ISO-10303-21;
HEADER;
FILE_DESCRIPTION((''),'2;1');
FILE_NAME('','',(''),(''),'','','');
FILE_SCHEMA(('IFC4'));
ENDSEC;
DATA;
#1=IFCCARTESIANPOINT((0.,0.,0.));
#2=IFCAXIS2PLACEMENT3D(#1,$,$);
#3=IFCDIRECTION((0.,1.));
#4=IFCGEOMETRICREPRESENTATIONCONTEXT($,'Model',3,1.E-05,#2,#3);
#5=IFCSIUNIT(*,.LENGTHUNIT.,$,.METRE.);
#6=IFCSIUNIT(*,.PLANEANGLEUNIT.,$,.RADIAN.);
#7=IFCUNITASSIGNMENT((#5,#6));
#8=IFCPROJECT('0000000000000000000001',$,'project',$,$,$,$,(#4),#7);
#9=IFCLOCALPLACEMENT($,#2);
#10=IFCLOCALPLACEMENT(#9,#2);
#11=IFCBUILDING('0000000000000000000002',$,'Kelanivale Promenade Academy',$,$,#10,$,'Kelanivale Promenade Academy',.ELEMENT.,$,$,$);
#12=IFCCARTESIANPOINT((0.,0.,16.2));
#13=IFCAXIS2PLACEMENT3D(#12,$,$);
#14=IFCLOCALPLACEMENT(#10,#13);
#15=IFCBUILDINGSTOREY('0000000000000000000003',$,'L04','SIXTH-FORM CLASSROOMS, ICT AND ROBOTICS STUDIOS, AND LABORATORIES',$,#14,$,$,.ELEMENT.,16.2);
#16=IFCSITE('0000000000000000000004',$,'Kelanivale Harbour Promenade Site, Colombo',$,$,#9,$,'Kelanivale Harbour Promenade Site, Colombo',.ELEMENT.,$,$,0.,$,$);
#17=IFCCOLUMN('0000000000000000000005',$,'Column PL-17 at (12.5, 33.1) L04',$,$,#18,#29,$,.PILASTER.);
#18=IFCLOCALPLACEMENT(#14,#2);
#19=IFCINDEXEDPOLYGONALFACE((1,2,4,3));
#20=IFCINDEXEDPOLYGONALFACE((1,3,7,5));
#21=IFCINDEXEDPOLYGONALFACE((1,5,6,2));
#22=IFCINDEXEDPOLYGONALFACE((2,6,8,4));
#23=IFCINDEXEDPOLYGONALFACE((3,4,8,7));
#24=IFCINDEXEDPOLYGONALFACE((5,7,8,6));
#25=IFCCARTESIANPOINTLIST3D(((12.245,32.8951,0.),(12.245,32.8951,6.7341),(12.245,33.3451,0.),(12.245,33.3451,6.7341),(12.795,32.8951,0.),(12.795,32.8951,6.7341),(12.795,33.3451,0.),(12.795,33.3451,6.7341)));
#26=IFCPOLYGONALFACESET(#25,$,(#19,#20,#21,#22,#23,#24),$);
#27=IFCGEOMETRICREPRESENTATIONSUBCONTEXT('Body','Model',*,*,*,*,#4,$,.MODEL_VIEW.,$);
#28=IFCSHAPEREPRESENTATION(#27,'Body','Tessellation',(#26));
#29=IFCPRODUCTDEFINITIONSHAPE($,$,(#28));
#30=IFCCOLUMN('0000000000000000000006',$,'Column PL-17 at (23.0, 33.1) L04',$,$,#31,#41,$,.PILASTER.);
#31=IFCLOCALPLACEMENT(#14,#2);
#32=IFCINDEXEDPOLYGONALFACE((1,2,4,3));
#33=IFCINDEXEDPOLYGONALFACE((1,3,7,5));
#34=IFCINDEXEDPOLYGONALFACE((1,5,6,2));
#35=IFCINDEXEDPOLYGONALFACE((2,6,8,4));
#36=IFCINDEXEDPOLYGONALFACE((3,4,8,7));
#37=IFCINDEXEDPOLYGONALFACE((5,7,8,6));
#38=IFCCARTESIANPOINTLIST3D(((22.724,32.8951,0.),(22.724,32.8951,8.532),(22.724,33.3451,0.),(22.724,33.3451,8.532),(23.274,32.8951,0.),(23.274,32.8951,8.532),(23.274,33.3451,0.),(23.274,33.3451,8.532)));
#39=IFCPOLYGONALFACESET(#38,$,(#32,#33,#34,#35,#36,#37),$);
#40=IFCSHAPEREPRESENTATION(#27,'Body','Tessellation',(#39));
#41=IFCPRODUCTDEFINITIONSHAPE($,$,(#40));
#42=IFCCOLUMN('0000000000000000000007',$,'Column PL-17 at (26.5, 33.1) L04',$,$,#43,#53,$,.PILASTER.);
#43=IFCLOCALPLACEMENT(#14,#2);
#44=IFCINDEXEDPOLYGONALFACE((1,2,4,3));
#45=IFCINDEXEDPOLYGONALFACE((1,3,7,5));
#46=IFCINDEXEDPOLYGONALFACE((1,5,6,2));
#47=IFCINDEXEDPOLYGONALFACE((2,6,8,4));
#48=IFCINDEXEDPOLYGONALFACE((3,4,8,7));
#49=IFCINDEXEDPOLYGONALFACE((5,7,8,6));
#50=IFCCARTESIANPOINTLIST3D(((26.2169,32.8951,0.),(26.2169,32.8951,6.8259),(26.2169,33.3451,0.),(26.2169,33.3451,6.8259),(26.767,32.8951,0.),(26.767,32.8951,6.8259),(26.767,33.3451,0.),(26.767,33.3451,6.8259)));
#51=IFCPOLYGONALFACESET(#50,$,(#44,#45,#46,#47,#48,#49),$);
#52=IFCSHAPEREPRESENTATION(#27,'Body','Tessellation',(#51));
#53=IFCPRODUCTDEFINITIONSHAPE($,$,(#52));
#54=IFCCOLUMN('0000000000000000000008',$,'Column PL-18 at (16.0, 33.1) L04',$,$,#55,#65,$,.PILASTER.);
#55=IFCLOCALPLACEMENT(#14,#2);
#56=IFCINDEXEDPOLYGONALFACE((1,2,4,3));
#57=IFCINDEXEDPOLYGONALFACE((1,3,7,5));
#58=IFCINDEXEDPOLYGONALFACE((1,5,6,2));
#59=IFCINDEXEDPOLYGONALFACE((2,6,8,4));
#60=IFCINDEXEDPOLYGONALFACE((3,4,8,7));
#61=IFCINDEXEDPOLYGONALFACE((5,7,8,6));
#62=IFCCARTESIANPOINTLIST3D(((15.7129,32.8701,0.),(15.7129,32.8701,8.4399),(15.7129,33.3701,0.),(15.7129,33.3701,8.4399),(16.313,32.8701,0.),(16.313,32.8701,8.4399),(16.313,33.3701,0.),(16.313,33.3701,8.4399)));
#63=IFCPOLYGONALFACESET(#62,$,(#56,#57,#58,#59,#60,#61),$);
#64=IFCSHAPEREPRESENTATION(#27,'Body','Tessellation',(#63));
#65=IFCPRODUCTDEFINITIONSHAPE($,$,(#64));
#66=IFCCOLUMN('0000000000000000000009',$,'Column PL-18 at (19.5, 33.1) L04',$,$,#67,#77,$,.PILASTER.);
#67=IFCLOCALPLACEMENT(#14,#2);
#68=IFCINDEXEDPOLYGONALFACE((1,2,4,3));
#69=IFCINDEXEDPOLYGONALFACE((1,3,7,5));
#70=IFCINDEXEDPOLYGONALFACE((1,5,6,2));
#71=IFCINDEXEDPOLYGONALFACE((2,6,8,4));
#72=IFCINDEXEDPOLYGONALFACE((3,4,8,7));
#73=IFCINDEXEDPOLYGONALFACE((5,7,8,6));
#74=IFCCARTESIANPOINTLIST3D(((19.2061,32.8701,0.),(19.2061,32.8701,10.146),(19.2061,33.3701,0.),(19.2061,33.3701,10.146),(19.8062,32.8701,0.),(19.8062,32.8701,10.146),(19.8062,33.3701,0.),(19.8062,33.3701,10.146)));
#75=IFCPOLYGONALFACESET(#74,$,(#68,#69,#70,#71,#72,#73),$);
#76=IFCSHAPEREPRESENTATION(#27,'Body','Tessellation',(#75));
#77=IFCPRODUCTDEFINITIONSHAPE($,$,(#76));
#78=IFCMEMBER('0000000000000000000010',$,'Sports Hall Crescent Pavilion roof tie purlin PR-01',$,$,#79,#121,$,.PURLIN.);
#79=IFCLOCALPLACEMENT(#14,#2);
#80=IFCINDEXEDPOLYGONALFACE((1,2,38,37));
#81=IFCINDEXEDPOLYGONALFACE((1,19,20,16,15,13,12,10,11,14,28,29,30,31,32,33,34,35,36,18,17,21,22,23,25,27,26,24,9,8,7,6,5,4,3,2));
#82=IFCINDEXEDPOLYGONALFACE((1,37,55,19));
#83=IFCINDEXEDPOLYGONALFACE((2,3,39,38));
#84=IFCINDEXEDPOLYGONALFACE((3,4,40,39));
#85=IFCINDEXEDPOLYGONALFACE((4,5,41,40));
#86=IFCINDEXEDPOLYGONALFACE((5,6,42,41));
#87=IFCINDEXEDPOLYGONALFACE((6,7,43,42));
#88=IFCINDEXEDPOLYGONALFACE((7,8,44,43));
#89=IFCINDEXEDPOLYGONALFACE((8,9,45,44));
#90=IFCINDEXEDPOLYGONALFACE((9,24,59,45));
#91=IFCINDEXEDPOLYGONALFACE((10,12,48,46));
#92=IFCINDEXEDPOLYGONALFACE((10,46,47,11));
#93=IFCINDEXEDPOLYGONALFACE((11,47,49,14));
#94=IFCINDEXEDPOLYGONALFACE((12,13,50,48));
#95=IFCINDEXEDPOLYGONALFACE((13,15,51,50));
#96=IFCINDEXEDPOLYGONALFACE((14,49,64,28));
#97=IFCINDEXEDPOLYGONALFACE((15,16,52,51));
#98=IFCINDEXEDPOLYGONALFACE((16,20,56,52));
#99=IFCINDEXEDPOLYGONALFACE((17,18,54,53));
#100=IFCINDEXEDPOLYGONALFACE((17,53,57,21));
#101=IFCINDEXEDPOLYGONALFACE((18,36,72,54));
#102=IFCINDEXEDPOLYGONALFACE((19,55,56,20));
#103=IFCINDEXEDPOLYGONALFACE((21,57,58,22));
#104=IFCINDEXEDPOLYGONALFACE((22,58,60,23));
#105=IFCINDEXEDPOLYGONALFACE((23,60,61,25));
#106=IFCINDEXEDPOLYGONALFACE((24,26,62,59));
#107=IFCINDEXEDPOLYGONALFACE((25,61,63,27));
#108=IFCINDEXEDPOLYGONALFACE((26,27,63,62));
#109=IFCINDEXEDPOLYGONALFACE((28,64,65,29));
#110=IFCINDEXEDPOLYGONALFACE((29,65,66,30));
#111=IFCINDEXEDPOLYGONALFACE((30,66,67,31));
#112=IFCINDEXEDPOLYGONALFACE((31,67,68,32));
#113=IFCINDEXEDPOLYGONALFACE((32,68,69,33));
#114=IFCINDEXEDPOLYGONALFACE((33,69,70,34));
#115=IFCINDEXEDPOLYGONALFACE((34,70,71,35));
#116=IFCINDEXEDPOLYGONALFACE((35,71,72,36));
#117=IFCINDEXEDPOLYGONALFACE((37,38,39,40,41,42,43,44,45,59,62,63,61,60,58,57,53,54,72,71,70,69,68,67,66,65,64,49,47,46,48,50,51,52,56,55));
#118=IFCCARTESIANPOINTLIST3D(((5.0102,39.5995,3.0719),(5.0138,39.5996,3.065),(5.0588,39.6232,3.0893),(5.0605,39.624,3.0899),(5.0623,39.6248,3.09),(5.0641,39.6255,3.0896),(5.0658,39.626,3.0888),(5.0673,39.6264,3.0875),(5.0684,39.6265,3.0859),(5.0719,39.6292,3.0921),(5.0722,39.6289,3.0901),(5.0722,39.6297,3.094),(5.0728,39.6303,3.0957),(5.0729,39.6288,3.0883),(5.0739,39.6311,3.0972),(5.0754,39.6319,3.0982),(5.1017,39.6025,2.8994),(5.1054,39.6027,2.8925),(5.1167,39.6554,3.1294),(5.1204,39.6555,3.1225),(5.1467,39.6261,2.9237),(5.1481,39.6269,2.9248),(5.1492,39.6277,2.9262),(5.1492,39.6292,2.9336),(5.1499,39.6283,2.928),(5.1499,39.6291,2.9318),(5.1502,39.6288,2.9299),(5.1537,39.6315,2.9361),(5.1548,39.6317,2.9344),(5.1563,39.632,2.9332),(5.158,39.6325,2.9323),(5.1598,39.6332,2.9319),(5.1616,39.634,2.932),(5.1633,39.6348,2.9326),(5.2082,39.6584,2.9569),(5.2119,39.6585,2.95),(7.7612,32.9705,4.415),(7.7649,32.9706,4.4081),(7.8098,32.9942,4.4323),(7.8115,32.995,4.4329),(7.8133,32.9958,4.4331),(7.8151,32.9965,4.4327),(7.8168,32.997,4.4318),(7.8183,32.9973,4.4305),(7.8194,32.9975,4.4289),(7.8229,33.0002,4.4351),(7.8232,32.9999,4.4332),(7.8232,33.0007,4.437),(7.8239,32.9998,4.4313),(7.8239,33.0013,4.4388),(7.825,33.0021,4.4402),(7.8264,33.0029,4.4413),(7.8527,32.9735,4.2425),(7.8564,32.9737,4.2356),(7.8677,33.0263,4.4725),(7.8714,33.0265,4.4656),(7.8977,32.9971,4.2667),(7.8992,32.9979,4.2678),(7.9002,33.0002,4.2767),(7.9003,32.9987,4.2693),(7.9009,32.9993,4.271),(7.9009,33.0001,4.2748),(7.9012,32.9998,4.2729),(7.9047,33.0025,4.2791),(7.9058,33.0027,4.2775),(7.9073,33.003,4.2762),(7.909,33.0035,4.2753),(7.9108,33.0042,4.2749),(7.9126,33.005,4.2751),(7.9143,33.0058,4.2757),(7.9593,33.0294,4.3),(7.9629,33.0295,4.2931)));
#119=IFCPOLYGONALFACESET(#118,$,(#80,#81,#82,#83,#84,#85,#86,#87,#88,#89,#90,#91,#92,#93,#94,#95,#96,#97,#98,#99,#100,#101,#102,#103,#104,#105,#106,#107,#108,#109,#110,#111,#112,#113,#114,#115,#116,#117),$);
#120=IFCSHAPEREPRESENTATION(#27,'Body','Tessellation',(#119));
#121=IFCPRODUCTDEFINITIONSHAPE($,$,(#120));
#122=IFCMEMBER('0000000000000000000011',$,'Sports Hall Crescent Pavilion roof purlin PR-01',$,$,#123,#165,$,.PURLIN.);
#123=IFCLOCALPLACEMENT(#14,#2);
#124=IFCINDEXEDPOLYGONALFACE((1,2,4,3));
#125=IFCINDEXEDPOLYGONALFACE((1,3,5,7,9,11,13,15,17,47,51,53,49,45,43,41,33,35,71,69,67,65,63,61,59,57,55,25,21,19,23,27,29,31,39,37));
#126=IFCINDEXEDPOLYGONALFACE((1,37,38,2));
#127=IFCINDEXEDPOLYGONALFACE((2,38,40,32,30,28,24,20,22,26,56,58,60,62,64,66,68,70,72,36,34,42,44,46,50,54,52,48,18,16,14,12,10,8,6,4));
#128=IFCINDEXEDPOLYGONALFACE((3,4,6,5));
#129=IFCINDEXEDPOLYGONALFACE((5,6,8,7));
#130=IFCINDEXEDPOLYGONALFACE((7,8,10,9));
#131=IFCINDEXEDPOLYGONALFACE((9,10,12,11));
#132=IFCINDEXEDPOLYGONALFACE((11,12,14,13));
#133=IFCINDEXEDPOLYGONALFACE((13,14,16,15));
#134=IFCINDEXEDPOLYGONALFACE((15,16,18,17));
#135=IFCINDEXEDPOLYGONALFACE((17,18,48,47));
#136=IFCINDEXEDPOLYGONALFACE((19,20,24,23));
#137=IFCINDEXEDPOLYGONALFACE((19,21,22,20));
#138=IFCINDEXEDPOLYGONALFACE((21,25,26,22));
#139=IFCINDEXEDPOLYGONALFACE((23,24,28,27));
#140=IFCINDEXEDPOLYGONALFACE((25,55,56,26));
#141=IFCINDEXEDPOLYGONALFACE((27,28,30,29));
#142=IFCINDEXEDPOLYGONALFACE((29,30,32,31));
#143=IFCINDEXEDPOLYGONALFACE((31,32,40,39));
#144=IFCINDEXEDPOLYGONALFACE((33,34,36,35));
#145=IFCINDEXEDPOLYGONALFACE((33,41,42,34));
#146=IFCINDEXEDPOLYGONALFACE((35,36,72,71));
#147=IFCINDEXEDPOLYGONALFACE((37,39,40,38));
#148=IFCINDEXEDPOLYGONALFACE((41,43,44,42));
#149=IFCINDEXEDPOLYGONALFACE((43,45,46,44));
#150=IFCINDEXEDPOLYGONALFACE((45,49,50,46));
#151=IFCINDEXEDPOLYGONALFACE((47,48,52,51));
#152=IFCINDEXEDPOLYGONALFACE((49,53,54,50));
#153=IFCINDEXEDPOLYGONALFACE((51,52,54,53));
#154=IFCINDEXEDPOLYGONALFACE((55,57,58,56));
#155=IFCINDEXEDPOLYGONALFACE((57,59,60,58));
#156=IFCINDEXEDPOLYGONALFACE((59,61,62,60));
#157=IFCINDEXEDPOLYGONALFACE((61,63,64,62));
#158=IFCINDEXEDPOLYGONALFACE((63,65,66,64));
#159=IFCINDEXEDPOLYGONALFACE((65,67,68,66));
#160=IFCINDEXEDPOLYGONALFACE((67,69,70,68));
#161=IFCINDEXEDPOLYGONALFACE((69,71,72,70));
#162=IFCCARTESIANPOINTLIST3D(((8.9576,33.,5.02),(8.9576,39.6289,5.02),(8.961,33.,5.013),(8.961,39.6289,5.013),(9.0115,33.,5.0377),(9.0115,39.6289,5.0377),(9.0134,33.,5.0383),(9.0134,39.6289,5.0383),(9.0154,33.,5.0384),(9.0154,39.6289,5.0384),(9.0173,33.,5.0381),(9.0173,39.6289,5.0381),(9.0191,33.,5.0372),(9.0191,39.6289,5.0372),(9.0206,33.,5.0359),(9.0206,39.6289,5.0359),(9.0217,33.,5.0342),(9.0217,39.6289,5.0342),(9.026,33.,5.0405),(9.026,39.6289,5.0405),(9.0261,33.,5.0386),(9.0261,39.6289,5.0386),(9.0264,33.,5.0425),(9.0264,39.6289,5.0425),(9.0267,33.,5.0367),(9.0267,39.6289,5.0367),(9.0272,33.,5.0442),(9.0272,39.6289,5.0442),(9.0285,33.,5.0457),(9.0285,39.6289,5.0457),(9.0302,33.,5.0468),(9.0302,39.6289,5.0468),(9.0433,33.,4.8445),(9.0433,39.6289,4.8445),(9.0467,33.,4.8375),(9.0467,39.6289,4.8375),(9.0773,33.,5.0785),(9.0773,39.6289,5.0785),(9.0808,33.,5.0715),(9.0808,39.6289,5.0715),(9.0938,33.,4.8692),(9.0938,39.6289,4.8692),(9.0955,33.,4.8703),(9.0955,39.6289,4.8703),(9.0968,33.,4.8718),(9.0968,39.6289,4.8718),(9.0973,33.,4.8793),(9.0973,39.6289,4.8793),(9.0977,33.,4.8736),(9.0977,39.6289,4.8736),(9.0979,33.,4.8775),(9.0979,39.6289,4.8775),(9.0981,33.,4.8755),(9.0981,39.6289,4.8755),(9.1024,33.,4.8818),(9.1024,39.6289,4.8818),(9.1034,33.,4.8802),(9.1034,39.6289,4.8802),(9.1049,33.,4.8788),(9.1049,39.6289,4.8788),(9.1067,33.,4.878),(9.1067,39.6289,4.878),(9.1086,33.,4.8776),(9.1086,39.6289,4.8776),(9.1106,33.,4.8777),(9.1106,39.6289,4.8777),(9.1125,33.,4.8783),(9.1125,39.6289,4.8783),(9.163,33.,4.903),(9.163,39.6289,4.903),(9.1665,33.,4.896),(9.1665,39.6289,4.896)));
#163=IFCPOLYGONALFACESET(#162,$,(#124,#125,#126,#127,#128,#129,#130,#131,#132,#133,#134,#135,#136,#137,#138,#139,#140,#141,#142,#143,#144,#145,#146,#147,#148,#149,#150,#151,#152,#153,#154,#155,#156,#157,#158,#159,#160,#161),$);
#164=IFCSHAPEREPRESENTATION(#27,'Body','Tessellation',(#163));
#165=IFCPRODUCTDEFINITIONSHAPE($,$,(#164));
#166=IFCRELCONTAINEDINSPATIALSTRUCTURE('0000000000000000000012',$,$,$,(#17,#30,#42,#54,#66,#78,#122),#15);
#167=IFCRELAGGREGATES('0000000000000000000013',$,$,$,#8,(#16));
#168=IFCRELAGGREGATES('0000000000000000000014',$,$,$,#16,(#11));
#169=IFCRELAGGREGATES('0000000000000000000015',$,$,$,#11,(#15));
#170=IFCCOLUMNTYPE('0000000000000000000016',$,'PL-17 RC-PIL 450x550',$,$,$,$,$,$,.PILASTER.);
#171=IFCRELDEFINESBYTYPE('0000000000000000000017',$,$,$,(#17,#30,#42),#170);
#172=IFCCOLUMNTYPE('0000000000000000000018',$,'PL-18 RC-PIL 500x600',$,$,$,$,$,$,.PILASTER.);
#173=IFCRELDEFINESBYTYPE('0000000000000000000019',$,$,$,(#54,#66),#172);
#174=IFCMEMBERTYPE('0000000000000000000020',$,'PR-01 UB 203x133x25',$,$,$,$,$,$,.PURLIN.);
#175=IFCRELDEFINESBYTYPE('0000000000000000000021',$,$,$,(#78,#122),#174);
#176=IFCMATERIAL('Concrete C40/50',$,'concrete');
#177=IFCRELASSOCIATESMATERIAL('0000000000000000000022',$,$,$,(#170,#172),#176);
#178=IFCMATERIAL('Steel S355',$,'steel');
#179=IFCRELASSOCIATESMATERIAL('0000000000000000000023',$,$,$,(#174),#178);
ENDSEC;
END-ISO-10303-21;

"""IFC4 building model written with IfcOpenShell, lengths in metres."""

from ifc_helpers import new_model, si_unit, direction, frame, origin, origin_2d, place, context, subcontext, project, spatial, rectangle, i_section, extrude, material, material_profile, profile_set, type_object, element, save


model = new_model("IFC4")

# Units and contexts
model_context = context("Model", 3, precision=1e-05, world=origin(), true_north=direction((0.0, 1.0)))
body_context = subcontext(model_context, "Body", "Model", "MODEL_VIEW")
ifc_project = project(units=[si_unit("LENGTHUNIT", "METRE"), si_unit("PLANEANGLEUNIT", "RADIAN")], contexts=[model_context])

# Site, building, storey
site_placement = place(None, origin())
site = spatial("IfcSite", under=ifc_project, at=site_placement, Name="Kelanivale Harbour Promenade Site, Colombo", LongName="Kelanivale Harbour Promenade Site, Colombo", CompositionType="ELEMENT", RefElevation=0.0)
building_placement = place(site_placement, origin())
building = spatial("IfcBuilding", under=site, at=building_placement, Name="Kelanivale Promenade Academy", LongName="Kelanivale Promenade Academy", CompositionType="ELEMENT")
storey_placement = place(building_placement, frame((0.0, 0.0, 16.2)))
storey = spatial("IfcBuildingStorey", under=building, at=storey_placement, Name="L04", Description="SIXTH-FORM CLASSROOMS, ICT AND ROBOTICS STUDIOS, AND LABORATORIES", CompositionType="ELEMENT", Elevation=16.2)

# Columns
ifc_material_1 = material(Name="Concrete C40/50", Category="concrete")
ifc_material_profile_1 = material_profile(ifc_material_1, rectangle(XDim=0.45, YDim=0.55, at=origin_2d()), Name="RC-PIL 450x550")
ifc_profile_set_1 = profile_set([ifc_material_profile_1], Name="Concrete C40/50")
column_type_1 = type_object("IfcColumnType", Name="PL-17 RC-PIL 450x550", PredefinedType="PILASTER", material=ifc_profile_set_1)
column_1_placement = place(storey_placement, frame((12.52, 33.1201, 0.0), z_axis=(0.0, 0.0, 1.0), x_axis=(0.0, 1.0, 0.0)))
element("IfcColumn", 1, at=column_1_placement, inside=storey, type_object=column_type_1, Name="Column PL-17 at (12.5, 33.1) L04", PredefinedType="PILASTER", context=body_context, shape_type="SweptSolid", body=[
    extrude(rectangle(XDim=0.45, YDim=0.55, at=origin_2d()), origin(), (0.0, 0.0, 1.0), 6.7341),
])
column_2_placement = place(storey_placement, frame((22.999, 33.1201, 0.0), z_axis=(0.0, 0.0, 1.0), x_axis=(0.0, 1.0, 0.0)))
element("IfcColumn", 2, at=column_2_placement, inside=storey, type_object=column_type_1, Name="Column PL-17 at (23.0, 33.1) L04", PredefinedType="PILASTER", context=body_context, shape_type="SweptSolid", body=[
    extrude(rectangle(XDim=0.45, YDim=0.55, at=origin_2d()), origin(), (0.0, 0.0, 1.0), 8.532),
])
column_3_placement = place(storey_placement, frame((26.4919, 33.1201, 0.0), z_axis=(0.0, 0.0, 1.0), x_axis=(0.0, 1.0, 0.0)))
element("IfcColumn", 3, at=column_3_placement, inside=storey, type_object=column_type_1, Name="Column PL-17 at (26.5, 33.1) L04", PredefinedType="PILASTER", context=body_context, shape_type="SweptSolid", body=[
    extrude(rectangle(XDim=0.45, YDim=0.55, at=origin_2d()), origin(), (0.0, 0.0, 1.0), 6.8259),
])
ifc_material_profile_2 = material_profile(ifc_material_1, rectangle(XDim=0.5, YDim=0.6001, at=origin_2d()), Name="RC-PIL 500x600")
ifc_profile_set_2 = profile_set([ifc_material_profile_2], Name="Concrete C40/50")
column_type_2 = type_object("IfcColumnType", Name="PL-18 RC-PIL 500x600", PredefinedType="PILASTER", material=ifc_profile_set_2)
column_4_placement = place(storey_placement, frame((16.0129, 33.1201, 0.0), z_axis=(0.0, 0.0, 1.0), x_axis=(0.0, 1.0, 0.0)))
element("IfcColumn", 4, at=column_4_placement, inside=storey, type_object=column_type_2, Name="Column PL-18 at (16.0, 33.1) L04", PredefinedType="PILASTER", context=body_context, shape_type="SweptSolid", body=[
    extrude(rectangle(XDim=0.5, YDim=0.6001, at=origin_2d()), origin(), (0.0, 0.0, 1.0), 8.4399),
])
column_5_placement = place(storey_placement, frame((19.5061, 33.1201, 0.0), z_axis=(0.0, 0.0, 1.0), x_axis=(0.0, 1.0, 0.0)))
element("IfcColumn", 5, at=column_5_placement, inside=storey, type_object=column_type_2, Name="Column PL-18 at (19.5, 33.1) L04", PredefinedType="PILASTER", context=body_context, shape_type="SweptSolid", body=[
    extrude(rectangle(XDim=0.5, YDim=0.6001, at=origin_2d()), origin(), (0.0, 0.0, 1.0), 10.146),
])

# Members
ifc_material_2 = material(Name="Steel S355", Category="steel")
ifc_material_profile_3 = material_profile(ifc_material_2, i_section(OverallWidth=0.1333, OverallDepth=0.2031, WebThickness=0.0056, FlangeThickness=0.0078, FilletRadius=0.0076, at=origin_2d()), Name="UB 203x133x25")
ifc_profile_set_3 = profile_set([ifc_material_profile_3], Name="Steel S355")
member_type_1 = type_object("IfcMemberType", Name="PR-01 UB 203x133x25", PredefinedType="PURLIN", material=ifc_profile_set_3)
member_1_placement = place(storey_placement, frame((7.8621, 33.0, 4.354), z_axis=(-0.376761, 0.907865, -0.183934), x_axis=(-0.798996, -0.418973, -0.431354)))
element("IfcMember", 6, at=member_1_placement, inside=storey, type_object=member_type_1, Name="Sports Hall Crescent Pavilion roof tie purlin PR-01", PredefinedType="PURLIN", context=body_context, shape_type="SweptSolid", body=[
    extrude(i_section(OverallWidth=0.1333, OverallDepth=0.2031, WebThickness=0.0056, FlangeThickness=0.0078, FilletRadius=0.0076, at=origin_2d()), origin(), (0.0, 0.0, 1.0), 7.3018),
])
member_2_placement = place(storey_placement, frame((9.062, 33.0, 4.958), z_axis=(0.0, 1.0, 0.0), x_axis=(-0.898564, 0.0, -0.438842)))
element("IfcMember", 7, at=member_2_placement, inside=storey, type_object=member_type_1, Name="Sports Hall Crescent Pavilion roof purlin PR-01", PredefinedType="PURLIN", context=body_context, shape_type="SweptSolid", body=[
    extrude(i_section(OverallWidth=0.1333, OverallDepth=0.2031, WebThickness=0.0056, FlangeThickness=0.0078, FilletRadius=0.0076, at=origin_2d()), origin(), (0.0, 0.0, 1.0), 6.6289),
])

save(model, "model.ifc")
